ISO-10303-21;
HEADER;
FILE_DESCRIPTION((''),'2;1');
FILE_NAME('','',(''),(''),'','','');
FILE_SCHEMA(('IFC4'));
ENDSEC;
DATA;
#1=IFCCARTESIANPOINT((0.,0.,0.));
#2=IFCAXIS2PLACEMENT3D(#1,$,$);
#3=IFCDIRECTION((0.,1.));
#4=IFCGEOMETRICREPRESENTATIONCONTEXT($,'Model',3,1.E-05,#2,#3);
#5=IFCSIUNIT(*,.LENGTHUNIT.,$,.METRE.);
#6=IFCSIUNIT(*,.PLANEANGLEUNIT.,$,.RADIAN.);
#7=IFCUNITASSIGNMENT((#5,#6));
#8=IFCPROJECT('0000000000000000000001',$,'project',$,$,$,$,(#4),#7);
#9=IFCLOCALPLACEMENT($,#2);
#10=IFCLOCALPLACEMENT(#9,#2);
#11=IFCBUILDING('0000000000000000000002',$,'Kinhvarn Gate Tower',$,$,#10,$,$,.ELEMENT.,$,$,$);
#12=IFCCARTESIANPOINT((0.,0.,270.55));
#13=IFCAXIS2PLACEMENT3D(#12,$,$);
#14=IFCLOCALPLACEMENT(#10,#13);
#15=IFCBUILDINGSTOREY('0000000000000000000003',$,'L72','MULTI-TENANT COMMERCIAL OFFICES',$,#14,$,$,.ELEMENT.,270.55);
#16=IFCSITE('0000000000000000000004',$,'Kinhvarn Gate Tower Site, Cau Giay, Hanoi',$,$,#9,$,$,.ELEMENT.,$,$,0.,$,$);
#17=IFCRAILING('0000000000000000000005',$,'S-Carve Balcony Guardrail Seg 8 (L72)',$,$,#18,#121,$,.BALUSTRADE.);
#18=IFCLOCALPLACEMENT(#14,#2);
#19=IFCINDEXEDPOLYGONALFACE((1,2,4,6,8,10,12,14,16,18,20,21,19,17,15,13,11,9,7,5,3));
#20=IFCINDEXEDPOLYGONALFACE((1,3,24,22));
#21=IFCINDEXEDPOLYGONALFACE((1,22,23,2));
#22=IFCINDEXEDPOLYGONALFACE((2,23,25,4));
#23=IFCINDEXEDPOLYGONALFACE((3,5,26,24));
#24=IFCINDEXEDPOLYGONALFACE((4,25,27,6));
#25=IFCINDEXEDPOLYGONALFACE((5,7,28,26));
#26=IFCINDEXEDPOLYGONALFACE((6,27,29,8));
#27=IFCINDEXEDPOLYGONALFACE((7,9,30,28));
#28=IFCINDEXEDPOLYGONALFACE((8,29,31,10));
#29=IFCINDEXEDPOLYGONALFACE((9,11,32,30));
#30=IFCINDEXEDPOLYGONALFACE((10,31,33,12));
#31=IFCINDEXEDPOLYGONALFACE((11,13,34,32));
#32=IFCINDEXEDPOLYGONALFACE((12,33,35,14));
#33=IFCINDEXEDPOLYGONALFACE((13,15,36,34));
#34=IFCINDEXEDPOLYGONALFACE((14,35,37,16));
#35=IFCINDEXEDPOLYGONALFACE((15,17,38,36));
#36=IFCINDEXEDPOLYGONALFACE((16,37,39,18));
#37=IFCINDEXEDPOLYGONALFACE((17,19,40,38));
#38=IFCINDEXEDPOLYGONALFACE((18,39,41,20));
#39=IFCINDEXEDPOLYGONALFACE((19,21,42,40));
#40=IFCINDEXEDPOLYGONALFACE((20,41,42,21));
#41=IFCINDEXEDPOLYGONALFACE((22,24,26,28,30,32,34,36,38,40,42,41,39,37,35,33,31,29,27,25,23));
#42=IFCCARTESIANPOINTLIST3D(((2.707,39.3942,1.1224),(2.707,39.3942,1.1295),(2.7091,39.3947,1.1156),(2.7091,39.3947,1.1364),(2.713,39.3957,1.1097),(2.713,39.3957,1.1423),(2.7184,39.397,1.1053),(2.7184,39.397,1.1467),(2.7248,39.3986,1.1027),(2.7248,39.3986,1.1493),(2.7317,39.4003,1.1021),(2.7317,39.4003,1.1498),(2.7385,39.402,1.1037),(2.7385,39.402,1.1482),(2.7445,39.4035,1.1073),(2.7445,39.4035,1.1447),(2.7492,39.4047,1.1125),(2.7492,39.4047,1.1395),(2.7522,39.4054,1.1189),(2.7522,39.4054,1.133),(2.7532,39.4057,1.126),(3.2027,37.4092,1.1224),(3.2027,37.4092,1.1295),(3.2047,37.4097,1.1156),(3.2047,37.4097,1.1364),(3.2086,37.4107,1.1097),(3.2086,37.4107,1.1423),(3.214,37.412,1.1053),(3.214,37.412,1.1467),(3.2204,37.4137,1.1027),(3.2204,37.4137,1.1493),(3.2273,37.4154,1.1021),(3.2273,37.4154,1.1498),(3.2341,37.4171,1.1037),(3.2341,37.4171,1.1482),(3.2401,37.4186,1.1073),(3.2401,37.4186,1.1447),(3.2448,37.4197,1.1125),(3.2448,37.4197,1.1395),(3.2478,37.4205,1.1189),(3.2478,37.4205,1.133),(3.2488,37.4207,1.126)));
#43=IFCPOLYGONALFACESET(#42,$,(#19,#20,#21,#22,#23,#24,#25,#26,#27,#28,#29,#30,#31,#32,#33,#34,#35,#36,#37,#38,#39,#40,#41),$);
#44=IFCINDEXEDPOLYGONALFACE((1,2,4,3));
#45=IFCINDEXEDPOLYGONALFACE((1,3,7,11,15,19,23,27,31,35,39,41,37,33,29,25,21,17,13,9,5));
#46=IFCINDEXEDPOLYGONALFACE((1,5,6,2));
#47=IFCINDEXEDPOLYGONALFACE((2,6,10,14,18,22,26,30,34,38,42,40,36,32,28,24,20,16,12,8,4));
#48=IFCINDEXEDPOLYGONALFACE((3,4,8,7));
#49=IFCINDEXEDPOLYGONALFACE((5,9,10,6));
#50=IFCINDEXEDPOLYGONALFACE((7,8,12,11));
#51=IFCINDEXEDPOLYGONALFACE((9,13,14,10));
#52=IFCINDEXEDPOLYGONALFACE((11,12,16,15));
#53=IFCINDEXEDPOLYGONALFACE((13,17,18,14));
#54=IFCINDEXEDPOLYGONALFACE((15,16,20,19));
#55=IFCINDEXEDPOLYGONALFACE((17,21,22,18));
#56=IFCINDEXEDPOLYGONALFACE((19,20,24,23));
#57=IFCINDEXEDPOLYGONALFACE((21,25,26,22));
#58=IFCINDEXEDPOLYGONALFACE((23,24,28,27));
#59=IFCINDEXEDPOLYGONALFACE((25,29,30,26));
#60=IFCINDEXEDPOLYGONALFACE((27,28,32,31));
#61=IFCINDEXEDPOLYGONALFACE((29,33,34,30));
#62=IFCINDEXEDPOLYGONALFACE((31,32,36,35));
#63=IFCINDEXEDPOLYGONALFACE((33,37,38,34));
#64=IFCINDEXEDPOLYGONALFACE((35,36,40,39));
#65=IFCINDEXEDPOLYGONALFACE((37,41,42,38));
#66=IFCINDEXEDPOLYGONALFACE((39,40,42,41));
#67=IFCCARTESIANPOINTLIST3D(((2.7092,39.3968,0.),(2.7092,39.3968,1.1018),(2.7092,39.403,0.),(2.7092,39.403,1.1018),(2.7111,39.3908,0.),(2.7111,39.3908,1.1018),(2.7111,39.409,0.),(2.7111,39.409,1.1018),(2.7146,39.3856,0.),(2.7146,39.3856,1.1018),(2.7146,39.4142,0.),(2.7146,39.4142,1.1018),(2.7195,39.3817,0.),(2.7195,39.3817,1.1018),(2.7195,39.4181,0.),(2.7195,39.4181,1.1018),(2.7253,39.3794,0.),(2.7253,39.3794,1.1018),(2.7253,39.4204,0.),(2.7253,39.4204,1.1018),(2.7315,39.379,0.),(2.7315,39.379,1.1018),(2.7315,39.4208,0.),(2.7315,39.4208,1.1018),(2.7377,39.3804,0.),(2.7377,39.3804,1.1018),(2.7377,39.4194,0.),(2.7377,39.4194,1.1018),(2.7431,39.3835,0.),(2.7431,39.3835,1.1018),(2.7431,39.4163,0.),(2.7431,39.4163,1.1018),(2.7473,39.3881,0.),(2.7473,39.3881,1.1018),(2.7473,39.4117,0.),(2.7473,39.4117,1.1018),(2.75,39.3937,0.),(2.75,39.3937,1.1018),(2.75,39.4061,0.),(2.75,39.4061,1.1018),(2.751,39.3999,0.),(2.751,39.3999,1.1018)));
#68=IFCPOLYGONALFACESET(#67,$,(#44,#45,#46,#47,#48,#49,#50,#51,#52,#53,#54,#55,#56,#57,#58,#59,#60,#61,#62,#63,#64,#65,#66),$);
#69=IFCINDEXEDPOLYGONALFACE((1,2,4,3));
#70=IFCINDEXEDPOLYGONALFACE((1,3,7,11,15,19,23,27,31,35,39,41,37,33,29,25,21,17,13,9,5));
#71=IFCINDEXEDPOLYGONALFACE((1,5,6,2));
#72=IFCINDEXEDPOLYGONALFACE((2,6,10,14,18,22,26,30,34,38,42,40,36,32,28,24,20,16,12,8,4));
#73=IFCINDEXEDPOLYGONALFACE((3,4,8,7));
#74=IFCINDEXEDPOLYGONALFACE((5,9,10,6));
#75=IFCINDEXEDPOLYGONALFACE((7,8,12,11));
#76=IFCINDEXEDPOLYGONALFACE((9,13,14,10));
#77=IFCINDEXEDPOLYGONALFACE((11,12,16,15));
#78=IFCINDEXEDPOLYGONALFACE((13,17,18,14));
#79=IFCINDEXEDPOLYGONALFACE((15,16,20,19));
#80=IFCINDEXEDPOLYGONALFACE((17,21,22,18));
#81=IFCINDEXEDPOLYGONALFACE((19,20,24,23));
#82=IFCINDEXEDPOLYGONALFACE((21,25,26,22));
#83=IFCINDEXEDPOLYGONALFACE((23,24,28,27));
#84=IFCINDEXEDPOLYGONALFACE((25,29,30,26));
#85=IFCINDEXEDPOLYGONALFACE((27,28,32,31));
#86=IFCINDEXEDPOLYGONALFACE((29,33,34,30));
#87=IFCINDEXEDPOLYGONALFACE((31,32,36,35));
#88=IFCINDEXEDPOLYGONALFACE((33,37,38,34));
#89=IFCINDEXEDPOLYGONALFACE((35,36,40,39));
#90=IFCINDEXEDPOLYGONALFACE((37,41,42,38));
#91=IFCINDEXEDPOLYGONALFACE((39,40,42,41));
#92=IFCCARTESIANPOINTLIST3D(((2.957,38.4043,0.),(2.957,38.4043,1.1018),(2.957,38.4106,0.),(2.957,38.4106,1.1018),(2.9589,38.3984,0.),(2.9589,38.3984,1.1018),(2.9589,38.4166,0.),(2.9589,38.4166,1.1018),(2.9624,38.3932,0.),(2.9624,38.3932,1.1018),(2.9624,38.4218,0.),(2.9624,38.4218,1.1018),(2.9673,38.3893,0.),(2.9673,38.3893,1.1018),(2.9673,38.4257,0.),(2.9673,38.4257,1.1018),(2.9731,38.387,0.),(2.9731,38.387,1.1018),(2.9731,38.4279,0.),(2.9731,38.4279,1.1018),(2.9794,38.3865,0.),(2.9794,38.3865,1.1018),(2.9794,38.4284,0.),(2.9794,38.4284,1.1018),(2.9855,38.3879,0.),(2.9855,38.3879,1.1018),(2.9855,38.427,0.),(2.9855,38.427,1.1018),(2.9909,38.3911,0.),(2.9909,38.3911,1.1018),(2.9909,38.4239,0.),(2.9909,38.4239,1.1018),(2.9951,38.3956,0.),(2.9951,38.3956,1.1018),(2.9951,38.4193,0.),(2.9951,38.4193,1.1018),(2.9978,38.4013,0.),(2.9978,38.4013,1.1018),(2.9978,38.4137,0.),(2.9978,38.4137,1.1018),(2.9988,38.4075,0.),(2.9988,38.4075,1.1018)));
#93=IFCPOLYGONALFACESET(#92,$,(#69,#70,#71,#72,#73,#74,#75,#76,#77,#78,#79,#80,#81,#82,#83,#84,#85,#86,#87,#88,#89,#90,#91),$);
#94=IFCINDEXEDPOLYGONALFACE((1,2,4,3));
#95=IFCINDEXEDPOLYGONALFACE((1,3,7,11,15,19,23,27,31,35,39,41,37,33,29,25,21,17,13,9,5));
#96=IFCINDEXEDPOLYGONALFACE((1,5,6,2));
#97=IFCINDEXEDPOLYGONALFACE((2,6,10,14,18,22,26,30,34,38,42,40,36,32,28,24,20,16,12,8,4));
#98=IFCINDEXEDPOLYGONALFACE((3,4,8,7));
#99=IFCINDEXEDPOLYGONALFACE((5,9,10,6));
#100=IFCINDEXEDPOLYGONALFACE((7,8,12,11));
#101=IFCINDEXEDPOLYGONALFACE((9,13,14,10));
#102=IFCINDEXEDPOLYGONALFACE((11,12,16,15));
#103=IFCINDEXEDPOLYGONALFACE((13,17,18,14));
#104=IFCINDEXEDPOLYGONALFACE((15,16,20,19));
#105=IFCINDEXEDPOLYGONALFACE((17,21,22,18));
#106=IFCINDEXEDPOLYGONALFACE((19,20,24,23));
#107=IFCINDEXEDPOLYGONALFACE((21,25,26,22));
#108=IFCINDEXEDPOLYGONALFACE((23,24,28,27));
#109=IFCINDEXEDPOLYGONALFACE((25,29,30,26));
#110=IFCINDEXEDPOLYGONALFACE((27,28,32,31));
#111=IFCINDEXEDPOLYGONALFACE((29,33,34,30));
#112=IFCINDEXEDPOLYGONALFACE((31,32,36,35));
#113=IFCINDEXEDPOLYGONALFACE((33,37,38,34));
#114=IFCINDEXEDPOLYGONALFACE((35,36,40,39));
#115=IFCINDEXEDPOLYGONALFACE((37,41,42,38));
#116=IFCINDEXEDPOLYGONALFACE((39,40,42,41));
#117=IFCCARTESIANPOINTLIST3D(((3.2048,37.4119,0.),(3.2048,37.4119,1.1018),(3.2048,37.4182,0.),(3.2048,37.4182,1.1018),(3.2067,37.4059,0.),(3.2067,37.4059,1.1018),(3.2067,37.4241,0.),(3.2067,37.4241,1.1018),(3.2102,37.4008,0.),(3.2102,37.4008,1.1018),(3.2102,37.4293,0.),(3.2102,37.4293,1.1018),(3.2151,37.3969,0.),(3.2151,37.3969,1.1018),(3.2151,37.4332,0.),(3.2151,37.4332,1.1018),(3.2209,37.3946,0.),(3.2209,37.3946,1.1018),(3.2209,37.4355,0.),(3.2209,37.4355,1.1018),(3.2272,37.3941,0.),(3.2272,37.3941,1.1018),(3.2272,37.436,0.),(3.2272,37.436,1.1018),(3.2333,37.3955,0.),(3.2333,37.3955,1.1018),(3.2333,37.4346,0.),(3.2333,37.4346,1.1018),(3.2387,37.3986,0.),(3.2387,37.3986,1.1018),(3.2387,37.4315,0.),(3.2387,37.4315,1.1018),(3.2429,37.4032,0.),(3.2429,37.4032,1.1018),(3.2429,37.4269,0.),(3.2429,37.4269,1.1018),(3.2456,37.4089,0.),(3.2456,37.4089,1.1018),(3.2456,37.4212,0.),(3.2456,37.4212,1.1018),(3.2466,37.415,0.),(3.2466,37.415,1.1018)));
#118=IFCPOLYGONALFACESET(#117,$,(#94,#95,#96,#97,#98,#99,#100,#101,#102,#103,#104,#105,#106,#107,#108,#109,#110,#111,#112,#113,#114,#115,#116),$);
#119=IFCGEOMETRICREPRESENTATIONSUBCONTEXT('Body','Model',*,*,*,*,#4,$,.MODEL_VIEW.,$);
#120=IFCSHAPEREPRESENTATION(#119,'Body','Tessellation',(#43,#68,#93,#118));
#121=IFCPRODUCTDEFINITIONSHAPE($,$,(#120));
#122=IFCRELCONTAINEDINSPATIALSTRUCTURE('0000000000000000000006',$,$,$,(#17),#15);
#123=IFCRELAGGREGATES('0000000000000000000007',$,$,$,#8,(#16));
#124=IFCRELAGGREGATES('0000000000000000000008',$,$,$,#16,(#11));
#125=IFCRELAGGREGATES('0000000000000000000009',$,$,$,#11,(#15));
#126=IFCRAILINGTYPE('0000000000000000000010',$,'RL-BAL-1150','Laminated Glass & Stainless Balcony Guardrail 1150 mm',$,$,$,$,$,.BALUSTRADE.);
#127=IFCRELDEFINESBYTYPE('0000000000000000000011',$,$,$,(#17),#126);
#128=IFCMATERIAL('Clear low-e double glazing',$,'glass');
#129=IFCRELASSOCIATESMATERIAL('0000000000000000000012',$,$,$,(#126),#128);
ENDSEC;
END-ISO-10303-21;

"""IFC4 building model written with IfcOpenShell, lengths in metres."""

from ifc_helpers import new_model, si_unit, direction, frame, origin, origin_2d, place, context, subcontext, project, spatial, circle, extrude, material, type_object, element, save


model = new_model("IFC4")

# Units and contexts
model_context = context("Model", 3, precision=1e-05, world=origin(), true_north=direction((0.0, 1.0)))
body_context = subcontext(model_context, "Body", "Model", "MODEL_VIEW")
ifc_project = project(units=[si_unit("LENGTHUNIT", "METRE"), si_unit("PLANEANGLEUNIT", "RADIAN")], contexts=[model_context])

# Site, building, storey
site_placement = place(None, origin())
site = spatial("IfcSite", under=ifc_project, at=site_placement, Name="Kinhvarn Gate Tower Site, Cau Giay, Hanoi", CompositionType="ELEMENT", RefElevation=0.0)
building_placement = place(site_placement, origin())
building = spatial("IfcBuilding", under=site, at=building_placement, Name="Kinhvarn Gate Tower", CompositionType="ELEMENT")
storey_placement = place(building_placement, frame((0.0, 0.0, 270.55)))
storey = spatial("IfcBuildingStorey", under=building, at=storey_placement, Name="L72", Description="MULTI-TENANT COMMERCIAL OFFICES", CompositionType="ELEMENT", Elevation=270.55)

# Shared definitions
ifc_material_1 = material(Name="Clear low-e double glazing", Category="glass")

# Railing
railing_type = type_object("IfcRailingType", Name="RL-BAL-1150", Description="Laminated Glass & Stainless Balcony Guardrail 1150 mm", PredefinedType="BALUSTRADE", material=ifc_material_1)
railing_1_placement = place(storey_placement, frame((2.73, 39.3999, 0.0)))
element("IfcRailing", 1, at=railing_1_placement, inside=storey, type_object=railing_type, Name="S-Carve Balcony Guardrail Seg 8 (L72)", PredefinedType="BALUSTRADE", context=body_context, shape_type="SweptSolid", body=[
    extrude(circle(Radius=0.0239, at=origin_2d()), frame((0.0, 0.0, 1.126), z_axis=(0.242255, -0.970213, 0.0), x_axis=(0.970213, 0.242255, 0.0)), (0.0, 0.0, 1.0), 2.0459),
    extrude(circle(Radius=0.021, at=origin_2d()), origin(), (0.0, 0.0, 1.0), 1.1018),
    extrude(circle(Radius=0.021, at=origin_2d()), frame((0.2478, -0.9924, 0.0)), (0.0, 0.0, 1.0), 1.1018),
    extrude(circle(Radius=0.021, at=origin_2d()), frame((0.4956, -1.9849, 0.0)), (0.0, 0.0, 1.0), 1.1018),
])

save(model, "model.ifc")
